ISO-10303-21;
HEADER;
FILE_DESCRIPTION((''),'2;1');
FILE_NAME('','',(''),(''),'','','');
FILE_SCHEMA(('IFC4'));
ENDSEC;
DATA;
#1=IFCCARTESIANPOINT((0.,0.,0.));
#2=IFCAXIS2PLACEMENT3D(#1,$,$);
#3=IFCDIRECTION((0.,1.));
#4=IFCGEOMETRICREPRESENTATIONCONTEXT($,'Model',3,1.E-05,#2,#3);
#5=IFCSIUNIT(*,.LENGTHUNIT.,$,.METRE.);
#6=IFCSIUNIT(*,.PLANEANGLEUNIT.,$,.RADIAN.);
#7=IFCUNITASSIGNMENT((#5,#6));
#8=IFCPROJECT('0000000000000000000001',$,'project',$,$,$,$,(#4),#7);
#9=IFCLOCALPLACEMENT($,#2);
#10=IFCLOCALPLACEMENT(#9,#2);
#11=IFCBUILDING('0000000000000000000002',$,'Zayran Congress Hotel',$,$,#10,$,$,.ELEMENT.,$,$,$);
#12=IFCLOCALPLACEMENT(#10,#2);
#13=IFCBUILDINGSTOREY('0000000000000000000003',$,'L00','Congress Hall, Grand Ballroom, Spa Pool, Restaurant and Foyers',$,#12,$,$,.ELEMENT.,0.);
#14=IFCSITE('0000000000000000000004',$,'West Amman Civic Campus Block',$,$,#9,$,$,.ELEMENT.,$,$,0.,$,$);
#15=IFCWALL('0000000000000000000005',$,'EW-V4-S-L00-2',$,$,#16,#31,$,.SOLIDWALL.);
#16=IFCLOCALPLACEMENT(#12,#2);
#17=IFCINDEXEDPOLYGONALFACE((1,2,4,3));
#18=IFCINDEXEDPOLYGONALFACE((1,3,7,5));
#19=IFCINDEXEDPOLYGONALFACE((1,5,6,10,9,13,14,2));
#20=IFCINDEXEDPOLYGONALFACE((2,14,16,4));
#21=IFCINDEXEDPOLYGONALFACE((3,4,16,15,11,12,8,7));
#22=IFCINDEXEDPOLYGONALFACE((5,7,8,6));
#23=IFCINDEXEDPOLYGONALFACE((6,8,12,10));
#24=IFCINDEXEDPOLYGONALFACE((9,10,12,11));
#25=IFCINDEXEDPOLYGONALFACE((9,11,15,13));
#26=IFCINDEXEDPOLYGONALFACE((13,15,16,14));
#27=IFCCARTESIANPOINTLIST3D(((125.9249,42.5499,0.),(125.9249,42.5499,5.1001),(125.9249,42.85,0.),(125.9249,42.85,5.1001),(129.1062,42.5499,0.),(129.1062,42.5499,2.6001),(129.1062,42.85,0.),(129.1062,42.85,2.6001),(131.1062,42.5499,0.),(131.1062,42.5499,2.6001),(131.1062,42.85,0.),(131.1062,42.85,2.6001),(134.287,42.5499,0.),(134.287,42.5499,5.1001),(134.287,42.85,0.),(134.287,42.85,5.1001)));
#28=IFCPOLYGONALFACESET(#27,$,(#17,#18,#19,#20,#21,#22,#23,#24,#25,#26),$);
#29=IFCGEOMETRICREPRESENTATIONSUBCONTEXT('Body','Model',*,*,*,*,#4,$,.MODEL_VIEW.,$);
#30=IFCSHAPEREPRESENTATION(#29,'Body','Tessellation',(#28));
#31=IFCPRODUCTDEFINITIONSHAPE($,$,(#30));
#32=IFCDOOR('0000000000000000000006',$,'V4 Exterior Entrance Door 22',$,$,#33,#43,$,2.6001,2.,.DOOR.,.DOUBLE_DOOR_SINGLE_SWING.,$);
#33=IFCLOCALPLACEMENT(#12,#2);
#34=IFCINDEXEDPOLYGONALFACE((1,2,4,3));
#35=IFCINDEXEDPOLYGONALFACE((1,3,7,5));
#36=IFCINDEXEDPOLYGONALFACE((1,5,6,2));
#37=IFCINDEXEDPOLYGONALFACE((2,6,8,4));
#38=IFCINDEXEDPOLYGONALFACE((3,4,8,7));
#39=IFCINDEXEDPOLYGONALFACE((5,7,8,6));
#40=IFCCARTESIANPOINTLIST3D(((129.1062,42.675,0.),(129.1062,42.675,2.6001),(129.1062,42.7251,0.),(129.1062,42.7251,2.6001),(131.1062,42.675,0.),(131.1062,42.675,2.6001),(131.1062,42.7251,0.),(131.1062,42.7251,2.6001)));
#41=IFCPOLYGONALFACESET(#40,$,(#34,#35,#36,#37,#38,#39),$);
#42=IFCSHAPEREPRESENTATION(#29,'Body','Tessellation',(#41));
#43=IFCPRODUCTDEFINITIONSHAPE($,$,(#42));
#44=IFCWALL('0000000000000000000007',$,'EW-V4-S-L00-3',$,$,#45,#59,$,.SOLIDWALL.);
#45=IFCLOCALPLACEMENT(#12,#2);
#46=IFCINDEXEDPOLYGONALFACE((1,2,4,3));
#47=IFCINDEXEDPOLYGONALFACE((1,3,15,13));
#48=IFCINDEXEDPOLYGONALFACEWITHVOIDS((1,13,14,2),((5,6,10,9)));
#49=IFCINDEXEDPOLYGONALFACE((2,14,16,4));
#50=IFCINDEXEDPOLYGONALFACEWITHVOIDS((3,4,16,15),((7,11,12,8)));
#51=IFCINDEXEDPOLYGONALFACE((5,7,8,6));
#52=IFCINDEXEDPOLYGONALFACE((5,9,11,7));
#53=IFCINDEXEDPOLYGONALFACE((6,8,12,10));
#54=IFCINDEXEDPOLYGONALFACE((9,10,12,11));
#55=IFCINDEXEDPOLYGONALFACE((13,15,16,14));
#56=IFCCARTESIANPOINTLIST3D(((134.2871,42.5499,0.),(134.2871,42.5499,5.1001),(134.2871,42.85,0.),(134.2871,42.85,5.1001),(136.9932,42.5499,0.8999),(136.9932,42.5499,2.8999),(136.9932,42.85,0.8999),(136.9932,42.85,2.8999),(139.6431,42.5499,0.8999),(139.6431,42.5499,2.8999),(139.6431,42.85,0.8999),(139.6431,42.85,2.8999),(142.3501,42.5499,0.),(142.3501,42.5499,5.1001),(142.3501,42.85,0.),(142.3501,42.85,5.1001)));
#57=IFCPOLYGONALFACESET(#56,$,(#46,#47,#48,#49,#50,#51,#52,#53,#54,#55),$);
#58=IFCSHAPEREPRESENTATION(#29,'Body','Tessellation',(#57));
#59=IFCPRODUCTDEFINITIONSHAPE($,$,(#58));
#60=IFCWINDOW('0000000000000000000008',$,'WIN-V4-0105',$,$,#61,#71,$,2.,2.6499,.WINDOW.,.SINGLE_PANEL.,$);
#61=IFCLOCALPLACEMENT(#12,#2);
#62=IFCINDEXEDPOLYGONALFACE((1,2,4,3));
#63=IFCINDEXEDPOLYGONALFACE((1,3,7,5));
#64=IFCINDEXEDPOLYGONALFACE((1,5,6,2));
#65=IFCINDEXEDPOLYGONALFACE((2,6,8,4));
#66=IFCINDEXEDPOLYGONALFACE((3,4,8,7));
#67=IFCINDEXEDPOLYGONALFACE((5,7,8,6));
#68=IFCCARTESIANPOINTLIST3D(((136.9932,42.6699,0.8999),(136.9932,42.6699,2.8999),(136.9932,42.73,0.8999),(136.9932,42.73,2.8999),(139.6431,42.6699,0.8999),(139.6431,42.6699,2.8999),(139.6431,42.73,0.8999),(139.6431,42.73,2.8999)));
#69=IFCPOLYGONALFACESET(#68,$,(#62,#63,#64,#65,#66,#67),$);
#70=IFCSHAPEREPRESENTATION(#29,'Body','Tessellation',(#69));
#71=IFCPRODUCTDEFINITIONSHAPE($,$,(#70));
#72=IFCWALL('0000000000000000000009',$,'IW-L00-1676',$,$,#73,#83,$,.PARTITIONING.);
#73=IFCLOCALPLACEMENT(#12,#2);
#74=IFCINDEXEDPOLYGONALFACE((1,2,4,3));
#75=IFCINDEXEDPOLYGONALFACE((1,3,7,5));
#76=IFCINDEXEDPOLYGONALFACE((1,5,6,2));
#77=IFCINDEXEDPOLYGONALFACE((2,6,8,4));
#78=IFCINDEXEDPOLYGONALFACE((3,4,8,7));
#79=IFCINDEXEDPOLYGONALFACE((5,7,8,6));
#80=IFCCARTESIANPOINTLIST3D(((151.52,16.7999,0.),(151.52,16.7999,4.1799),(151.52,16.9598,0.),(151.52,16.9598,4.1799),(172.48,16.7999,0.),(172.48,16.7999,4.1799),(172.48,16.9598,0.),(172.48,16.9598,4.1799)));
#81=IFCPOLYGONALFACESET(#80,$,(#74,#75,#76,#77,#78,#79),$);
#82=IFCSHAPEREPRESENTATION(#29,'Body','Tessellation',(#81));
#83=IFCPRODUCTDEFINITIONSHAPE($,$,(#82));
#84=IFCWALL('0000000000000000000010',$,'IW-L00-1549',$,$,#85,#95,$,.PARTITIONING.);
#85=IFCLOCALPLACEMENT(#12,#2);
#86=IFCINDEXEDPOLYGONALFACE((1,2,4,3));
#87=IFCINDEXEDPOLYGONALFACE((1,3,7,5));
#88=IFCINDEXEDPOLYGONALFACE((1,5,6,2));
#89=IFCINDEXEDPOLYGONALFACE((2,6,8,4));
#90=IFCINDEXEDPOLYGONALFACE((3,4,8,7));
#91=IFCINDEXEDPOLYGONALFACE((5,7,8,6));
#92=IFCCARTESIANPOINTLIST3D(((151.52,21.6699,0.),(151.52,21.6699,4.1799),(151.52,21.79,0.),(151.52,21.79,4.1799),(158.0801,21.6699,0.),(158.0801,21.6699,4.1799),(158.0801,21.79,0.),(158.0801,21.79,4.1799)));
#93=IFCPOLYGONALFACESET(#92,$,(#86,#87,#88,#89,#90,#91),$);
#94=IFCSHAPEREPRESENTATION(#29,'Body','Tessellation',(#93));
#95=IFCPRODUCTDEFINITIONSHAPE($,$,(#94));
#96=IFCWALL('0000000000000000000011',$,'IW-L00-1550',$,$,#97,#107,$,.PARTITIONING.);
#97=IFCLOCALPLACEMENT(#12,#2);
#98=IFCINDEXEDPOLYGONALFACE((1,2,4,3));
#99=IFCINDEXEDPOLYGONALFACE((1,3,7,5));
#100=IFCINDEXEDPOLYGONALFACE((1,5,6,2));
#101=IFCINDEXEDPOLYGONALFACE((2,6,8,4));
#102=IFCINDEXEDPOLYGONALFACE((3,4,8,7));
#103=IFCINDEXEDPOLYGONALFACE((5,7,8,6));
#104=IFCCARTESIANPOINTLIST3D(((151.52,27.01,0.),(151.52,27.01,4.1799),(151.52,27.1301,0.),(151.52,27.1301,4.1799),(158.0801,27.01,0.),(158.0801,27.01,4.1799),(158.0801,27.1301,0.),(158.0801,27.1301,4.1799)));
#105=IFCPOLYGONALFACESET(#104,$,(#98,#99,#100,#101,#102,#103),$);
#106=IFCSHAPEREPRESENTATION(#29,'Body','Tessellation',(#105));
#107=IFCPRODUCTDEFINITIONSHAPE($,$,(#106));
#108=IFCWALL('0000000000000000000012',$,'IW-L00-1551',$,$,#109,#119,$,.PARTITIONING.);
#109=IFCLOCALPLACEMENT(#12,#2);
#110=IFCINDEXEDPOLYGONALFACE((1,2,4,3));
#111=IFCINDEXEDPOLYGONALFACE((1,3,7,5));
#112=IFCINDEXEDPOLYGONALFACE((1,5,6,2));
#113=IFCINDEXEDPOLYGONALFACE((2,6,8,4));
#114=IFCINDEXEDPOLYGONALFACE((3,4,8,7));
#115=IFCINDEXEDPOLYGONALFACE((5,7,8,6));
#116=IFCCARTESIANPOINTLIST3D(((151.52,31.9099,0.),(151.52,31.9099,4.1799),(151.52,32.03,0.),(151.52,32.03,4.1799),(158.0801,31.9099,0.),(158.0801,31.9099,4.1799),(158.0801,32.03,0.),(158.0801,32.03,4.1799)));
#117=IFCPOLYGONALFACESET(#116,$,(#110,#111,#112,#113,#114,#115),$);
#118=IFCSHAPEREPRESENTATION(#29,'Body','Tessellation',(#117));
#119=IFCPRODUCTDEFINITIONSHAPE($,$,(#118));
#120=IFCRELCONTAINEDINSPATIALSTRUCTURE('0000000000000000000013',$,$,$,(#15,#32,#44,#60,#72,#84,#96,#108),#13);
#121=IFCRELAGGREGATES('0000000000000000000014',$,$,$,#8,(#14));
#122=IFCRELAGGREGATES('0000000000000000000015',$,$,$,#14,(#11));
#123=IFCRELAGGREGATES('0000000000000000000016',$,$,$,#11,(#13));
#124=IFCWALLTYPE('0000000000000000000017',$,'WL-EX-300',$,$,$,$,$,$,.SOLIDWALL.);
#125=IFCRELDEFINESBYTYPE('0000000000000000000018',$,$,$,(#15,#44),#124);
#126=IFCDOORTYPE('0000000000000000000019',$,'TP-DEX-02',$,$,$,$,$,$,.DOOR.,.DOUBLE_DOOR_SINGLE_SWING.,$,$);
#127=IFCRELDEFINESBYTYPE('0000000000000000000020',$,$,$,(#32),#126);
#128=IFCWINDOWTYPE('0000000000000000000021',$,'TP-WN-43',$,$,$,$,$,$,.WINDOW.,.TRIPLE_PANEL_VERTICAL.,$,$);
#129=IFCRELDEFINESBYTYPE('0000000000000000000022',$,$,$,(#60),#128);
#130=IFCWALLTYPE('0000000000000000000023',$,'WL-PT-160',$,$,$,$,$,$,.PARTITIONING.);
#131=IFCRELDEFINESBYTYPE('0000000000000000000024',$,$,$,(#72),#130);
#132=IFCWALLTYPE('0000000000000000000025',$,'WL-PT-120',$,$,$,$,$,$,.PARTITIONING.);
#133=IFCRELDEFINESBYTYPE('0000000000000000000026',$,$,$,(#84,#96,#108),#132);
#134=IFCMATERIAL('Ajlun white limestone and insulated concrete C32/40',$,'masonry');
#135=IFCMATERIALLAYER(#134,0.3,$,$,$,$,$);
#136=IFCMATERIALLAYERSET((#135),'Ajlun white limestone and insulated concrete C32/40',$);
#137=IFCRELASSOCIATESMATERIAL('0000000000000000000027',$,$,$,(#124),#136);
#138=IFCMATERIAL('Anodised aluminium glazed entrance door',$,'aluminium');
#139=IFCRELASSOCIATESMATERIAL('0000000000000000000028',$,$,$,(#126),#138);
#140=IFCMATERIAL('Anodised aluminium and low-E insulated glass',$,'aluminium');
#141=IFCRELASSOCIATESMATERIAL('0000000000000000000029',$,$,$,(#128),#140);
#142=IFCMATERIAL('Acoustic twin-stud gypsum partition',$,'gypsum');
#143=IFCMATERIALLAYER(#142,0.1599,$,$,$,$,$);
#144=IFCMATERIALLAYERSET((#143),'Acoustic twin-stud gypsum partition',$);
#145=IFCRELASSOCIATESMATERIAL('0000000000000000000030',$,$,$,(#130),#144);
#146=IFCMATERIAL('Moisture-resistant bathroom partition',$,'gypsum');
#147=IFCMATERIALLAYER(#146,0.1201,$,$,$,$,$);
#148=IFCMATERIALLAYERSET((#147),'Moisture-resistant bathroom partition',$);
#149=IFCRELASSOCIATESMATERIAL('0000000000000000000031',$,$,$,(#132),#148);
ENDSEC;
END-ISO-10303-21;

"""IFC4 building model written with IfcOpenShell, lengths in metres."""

from ifc_helpers import new_model, si_unit, direction, frame, frame_2d, origin, place, context, subcontext, project, spatial, rectangle, extrude, material, layer, layer_set, type_object, element, fill, save


model = new_model("IFC4")

# Units and contexts
model_context = context("Model", 3, precision=1e-05, world=origin(), true_north=direction((0.0, 1.0)))
body_context = subcontext(model_context, "Body", "Model", "MODEL_VIEW")
ifc_project = project(units=[si_unit("LENGTHUNIT", "METRE"), si_unit("PLANEANGLEUNIT", "RADIAN")], contexts=[model_context])

# Site, building, storey
site_placement = place(None, origin())
site = spatial("IfcSite", under=ifc_project, at=site_placement, Name="West Amman Civic Campus Block", CompositionType="ELEMENT", RefElevation=0.0)
building_placement = place(site_placement, origin())
building = spatial("IfcBuilding", under=site, at=building_placement, Name="Zayran Congress Hotel", CompositionType="ELEMENT")
storey_placement = place(building_placement, origin())
storey = spatial("IfcBuildingStorey", under=building, at=storey_placement, Name="L00", Description="Congress Hall, Grand Ballroom, Spa Pool, Restaurant and Foyers", CompositionType="ELEMENT", Elevation=0.0)

# Shared definitions
ifc_material_1 = material(Name="Ajlun white limestone and insulated concrete C32/40", Category="masonry")
ifc_material_2 = material(Name="Anodised aluminium and low-E insulated glass", Category="aluminium")

# Shared definitions
ifc_layer_1 = layer(ifc_material_1, 0.3)
ifc_layer_set_1 = layer_set([ifc_layer_1], Name="Ajlun white limestone and insulated concrete C32/40")
wall_type_1 = type_object("IfcWallType", Name="WL-EX-300", PredefinedType="SOLIDWALL", material=ifc_layer_set_1)

# Wall, opening, door
ifc_material_3 = material(Name="Anodised aluminium glazed entrance door", Category="aluminium")
door_type_1 = type_object("IfcDoorType", Name="TP-DEX-02", OperationType="DOUBLE_DOOR_SINGLE_SWING", PredefinedType="DOOR", material=ifc_material_3)
wall_1_placement = place(storey_placement, frame((134.2871, 42.7, 0.0), z_axis=(0.0, 0.0, 1.0), x_axis=(-1.0, 0.0, 0.0)))
wall_1 = element("IfcWall", 1, at=wall_1_placement, inside=storey, type_object=wall_type_1, Name="EW-V4-S-L00-2", PredefinedType="SOLIDWALL", context=body_context, shape_type="SweptSolid", body=[
    extrude(rectangle(XDim=8.3621, YDim=0.3, at=frame_2d((4.1812, 0.0))), origin(), (0.0, 0.0, 1.0), 5.1001),
])
opening_1_placement = place(wall_1_placement, frame((3.1809, 0.0, 0.0)))
opening_1 = element("IfcOpeningElement", 2, at=opening_1_placement, cuts=wall_1, PredefinedType="OPENING", context=body_context, shape_type="SweptSolid", body=[
    extrude(rectangle(XDim=2.0, YDim=2.6001, at=frame_2d((1.0, 1.3))), frame((0.0, 0.1599, 0.0), z_axis=(0.0, -1.0, 0.0), x_axis=(1.0, 0.0, 0.0)), (0.0, 0.0, 1.0), 0.3201),
])
door_1_placement = place(opening_1_placement, origin())
door_1 = element("IfcDoor", 3, at=door_1_placement, inside=storey, type_object=door_type_1, Name="V4 Exterior Entrance Door 22", OperationType="DOUBLE_DOOR_SINGLE_SWING", OverallHeight=2.6001, OverallWidth=2.0, PredefinedType="DOOR", context=body_context, shape_type="SweptSolid", body=[
    extrude(rectangle(XDim=2.0, YDim=2.6001, at=frame_2d((1.0, 1.3))), frame((0.0, 0.0249, 0.0), z_axis=(0.0, -1.0, 0.0), x_axis=(1.0, 0.0, 0.0)), (0.0, 0.0, 1.0), 0.05),
])
fill(opening_1, door_1)

# Wall, opening, window
wall_2_placement = place(storey_placement, frame((142.3501, 42.7, 0.0), z_axis=(0.0, 0.0, 1.0), x_axis=(-1.0, 0.0, 0.0)))
wall_2 = element("IfcWall", 4, at=wall_2_placement, inside=storey, type_object=wall_type_1, Name="EW-V4-S-L00-3", PredefinedType="SOLIDWALL", context=body_context, shape_type="SweptSolid", body=[
    extrude(rectangle(XDim=8.063, YDim=0.3, at=frame_2d((4.0315, 0.0))), origin(), (0.0, 0.0, 1.0), 5.1001),
])
opening_2_placement = place(wall_2_placement, frame((2.707, 0.0, 0.8999)))
opening_2 = element("IfcOpeningElement", 5, at=opening_2_placement, cuts=wall_2, PredefinedType="OPENING", context=body_context, shape_type="SweptSolid", body=[
    extrude(rectangle(XDim=2.6499, YDim=2.0, at=frame_2d((1.325, 1.0))), frame((0.0, 0.1599, 0.0), z_axis=(0.0, -1.0, 0.0), x_axis=(1.0, 0.0, 0.0)), (0.0, 0.0, 1.0), 0.3201),
])
window_type_1 = type_object("IfcWindowType", Name="TP-WN-43", PartitioningType="TRIPLE_PANEL_VERTICAL", PredefinedType="WINDOW", material=ifc_material_2)
window_1_placement = place(opening_2_placement, origin())
window_1 = element("IfcWindow", 6, at=window_1_placement, inside=storey, type_object=window_type_1, Name="WIN-V4-0105", OverallHeight=2.0, OverallWidth=2.6499, PartitioningType="SINGLE_PANEL", PredefinedType="WINDOW", context=body_context, shape_type="SweptSolid", body=[
    extrude(rectangle(XDim=2.6499, YDim=2.0, at=frame_2d((1.325, 1.0))), frame((0.0, 0.03, 0.0), z_axis=(0.0, -1.0, 0.0), x_axis=(1.0, 0.0, 0.0)), (0.0, 0.0, 1.0), 0.0601),
])
fill(opening_2, window_1)

# Walls
ifc_material_4 = material(Name="Acoustic twin-stud gypsum partition", Category="gypsum")
ifc_layer_2 = layer(ifc_material_4, 0.1599)
ifc_layer_set_2 = layer_set([ifc_layer_2], Name="Acoustic twin-stud gypsum partition")
wall_type_2 = type_object("IfcWallType", Name="WL-PT-160", PredefinedType="PARTITIONING", material=ifc_layer_set_2)
wall_3_placement = place(storey_placement, frame((151.52, 16.8799, 0.0), z_axis=(0.0, 0.0, 1.0), x_axis=(1.0, 0.0, 0.0)))
element("IfcWall", 7, at=wall_3_placement, inside=storey, type_object=wall_type_2, Name="IW-L00-1676", PredefinedType="PARTITIONING", context=body_context, shape_type="SweptSolid", body=[
    extrude(rectangle(XDim=20.96, YDim=0.1599, at=frame_2d((10.48, 0.0))), origin(), (0.0, 0.0, 1.0), 4.1799),
])
ifc_material_5 = material(Name="Moisture-resistant bathroom partition", Category="gypsum")
ifc_layer_3 = layer(ifc_material_5, 0.1201)
ifc_layer_set_3 = layer_set([ifc_layer_3], Name="Moisture-resistant bathroom partition")
wall_type_3 = type_object("IfcWallType", Name="WL-PT-120", PredefinedType="PARTITIONING", material=ifc_layer_set_3)
for number, where, z_axis, x_axis, name in (
    (8, (151.52, 21.73, 0.0), (0.0, 0.0, 1.0), (1.0, 0.0, 0.0), "IW-L00-1549"),
    (9, (151.52, 27.0701, 0.0), (0.0, 0.0, 1.0), (1.0, 0.0, 0.0), "IW-L00-1550"),
    (10, (151.52, 31.97, 0.0), (0.0, 0.0, 1.0), (1.0, 0.0, 0.0), "IW-L00-1551"),
):
    element("IfcWall", number, at=place(storey_placement, frame(where, z_axis=z_axis, x_axis=x_axis)), inside=storey, type_object=wall_type_3, Name=name, PredefinedType="PARTITIONING", context=body_context, shape_type="SweptSolid", body=[
        extrude(rectangle(XDim=6.5601, YDim=0.1201, at=frame_2d((3.28, 0.0))), origin(), (0.0, 0.0, 1.0), 4.1799),
    ])

save(model, "model.ifc")
